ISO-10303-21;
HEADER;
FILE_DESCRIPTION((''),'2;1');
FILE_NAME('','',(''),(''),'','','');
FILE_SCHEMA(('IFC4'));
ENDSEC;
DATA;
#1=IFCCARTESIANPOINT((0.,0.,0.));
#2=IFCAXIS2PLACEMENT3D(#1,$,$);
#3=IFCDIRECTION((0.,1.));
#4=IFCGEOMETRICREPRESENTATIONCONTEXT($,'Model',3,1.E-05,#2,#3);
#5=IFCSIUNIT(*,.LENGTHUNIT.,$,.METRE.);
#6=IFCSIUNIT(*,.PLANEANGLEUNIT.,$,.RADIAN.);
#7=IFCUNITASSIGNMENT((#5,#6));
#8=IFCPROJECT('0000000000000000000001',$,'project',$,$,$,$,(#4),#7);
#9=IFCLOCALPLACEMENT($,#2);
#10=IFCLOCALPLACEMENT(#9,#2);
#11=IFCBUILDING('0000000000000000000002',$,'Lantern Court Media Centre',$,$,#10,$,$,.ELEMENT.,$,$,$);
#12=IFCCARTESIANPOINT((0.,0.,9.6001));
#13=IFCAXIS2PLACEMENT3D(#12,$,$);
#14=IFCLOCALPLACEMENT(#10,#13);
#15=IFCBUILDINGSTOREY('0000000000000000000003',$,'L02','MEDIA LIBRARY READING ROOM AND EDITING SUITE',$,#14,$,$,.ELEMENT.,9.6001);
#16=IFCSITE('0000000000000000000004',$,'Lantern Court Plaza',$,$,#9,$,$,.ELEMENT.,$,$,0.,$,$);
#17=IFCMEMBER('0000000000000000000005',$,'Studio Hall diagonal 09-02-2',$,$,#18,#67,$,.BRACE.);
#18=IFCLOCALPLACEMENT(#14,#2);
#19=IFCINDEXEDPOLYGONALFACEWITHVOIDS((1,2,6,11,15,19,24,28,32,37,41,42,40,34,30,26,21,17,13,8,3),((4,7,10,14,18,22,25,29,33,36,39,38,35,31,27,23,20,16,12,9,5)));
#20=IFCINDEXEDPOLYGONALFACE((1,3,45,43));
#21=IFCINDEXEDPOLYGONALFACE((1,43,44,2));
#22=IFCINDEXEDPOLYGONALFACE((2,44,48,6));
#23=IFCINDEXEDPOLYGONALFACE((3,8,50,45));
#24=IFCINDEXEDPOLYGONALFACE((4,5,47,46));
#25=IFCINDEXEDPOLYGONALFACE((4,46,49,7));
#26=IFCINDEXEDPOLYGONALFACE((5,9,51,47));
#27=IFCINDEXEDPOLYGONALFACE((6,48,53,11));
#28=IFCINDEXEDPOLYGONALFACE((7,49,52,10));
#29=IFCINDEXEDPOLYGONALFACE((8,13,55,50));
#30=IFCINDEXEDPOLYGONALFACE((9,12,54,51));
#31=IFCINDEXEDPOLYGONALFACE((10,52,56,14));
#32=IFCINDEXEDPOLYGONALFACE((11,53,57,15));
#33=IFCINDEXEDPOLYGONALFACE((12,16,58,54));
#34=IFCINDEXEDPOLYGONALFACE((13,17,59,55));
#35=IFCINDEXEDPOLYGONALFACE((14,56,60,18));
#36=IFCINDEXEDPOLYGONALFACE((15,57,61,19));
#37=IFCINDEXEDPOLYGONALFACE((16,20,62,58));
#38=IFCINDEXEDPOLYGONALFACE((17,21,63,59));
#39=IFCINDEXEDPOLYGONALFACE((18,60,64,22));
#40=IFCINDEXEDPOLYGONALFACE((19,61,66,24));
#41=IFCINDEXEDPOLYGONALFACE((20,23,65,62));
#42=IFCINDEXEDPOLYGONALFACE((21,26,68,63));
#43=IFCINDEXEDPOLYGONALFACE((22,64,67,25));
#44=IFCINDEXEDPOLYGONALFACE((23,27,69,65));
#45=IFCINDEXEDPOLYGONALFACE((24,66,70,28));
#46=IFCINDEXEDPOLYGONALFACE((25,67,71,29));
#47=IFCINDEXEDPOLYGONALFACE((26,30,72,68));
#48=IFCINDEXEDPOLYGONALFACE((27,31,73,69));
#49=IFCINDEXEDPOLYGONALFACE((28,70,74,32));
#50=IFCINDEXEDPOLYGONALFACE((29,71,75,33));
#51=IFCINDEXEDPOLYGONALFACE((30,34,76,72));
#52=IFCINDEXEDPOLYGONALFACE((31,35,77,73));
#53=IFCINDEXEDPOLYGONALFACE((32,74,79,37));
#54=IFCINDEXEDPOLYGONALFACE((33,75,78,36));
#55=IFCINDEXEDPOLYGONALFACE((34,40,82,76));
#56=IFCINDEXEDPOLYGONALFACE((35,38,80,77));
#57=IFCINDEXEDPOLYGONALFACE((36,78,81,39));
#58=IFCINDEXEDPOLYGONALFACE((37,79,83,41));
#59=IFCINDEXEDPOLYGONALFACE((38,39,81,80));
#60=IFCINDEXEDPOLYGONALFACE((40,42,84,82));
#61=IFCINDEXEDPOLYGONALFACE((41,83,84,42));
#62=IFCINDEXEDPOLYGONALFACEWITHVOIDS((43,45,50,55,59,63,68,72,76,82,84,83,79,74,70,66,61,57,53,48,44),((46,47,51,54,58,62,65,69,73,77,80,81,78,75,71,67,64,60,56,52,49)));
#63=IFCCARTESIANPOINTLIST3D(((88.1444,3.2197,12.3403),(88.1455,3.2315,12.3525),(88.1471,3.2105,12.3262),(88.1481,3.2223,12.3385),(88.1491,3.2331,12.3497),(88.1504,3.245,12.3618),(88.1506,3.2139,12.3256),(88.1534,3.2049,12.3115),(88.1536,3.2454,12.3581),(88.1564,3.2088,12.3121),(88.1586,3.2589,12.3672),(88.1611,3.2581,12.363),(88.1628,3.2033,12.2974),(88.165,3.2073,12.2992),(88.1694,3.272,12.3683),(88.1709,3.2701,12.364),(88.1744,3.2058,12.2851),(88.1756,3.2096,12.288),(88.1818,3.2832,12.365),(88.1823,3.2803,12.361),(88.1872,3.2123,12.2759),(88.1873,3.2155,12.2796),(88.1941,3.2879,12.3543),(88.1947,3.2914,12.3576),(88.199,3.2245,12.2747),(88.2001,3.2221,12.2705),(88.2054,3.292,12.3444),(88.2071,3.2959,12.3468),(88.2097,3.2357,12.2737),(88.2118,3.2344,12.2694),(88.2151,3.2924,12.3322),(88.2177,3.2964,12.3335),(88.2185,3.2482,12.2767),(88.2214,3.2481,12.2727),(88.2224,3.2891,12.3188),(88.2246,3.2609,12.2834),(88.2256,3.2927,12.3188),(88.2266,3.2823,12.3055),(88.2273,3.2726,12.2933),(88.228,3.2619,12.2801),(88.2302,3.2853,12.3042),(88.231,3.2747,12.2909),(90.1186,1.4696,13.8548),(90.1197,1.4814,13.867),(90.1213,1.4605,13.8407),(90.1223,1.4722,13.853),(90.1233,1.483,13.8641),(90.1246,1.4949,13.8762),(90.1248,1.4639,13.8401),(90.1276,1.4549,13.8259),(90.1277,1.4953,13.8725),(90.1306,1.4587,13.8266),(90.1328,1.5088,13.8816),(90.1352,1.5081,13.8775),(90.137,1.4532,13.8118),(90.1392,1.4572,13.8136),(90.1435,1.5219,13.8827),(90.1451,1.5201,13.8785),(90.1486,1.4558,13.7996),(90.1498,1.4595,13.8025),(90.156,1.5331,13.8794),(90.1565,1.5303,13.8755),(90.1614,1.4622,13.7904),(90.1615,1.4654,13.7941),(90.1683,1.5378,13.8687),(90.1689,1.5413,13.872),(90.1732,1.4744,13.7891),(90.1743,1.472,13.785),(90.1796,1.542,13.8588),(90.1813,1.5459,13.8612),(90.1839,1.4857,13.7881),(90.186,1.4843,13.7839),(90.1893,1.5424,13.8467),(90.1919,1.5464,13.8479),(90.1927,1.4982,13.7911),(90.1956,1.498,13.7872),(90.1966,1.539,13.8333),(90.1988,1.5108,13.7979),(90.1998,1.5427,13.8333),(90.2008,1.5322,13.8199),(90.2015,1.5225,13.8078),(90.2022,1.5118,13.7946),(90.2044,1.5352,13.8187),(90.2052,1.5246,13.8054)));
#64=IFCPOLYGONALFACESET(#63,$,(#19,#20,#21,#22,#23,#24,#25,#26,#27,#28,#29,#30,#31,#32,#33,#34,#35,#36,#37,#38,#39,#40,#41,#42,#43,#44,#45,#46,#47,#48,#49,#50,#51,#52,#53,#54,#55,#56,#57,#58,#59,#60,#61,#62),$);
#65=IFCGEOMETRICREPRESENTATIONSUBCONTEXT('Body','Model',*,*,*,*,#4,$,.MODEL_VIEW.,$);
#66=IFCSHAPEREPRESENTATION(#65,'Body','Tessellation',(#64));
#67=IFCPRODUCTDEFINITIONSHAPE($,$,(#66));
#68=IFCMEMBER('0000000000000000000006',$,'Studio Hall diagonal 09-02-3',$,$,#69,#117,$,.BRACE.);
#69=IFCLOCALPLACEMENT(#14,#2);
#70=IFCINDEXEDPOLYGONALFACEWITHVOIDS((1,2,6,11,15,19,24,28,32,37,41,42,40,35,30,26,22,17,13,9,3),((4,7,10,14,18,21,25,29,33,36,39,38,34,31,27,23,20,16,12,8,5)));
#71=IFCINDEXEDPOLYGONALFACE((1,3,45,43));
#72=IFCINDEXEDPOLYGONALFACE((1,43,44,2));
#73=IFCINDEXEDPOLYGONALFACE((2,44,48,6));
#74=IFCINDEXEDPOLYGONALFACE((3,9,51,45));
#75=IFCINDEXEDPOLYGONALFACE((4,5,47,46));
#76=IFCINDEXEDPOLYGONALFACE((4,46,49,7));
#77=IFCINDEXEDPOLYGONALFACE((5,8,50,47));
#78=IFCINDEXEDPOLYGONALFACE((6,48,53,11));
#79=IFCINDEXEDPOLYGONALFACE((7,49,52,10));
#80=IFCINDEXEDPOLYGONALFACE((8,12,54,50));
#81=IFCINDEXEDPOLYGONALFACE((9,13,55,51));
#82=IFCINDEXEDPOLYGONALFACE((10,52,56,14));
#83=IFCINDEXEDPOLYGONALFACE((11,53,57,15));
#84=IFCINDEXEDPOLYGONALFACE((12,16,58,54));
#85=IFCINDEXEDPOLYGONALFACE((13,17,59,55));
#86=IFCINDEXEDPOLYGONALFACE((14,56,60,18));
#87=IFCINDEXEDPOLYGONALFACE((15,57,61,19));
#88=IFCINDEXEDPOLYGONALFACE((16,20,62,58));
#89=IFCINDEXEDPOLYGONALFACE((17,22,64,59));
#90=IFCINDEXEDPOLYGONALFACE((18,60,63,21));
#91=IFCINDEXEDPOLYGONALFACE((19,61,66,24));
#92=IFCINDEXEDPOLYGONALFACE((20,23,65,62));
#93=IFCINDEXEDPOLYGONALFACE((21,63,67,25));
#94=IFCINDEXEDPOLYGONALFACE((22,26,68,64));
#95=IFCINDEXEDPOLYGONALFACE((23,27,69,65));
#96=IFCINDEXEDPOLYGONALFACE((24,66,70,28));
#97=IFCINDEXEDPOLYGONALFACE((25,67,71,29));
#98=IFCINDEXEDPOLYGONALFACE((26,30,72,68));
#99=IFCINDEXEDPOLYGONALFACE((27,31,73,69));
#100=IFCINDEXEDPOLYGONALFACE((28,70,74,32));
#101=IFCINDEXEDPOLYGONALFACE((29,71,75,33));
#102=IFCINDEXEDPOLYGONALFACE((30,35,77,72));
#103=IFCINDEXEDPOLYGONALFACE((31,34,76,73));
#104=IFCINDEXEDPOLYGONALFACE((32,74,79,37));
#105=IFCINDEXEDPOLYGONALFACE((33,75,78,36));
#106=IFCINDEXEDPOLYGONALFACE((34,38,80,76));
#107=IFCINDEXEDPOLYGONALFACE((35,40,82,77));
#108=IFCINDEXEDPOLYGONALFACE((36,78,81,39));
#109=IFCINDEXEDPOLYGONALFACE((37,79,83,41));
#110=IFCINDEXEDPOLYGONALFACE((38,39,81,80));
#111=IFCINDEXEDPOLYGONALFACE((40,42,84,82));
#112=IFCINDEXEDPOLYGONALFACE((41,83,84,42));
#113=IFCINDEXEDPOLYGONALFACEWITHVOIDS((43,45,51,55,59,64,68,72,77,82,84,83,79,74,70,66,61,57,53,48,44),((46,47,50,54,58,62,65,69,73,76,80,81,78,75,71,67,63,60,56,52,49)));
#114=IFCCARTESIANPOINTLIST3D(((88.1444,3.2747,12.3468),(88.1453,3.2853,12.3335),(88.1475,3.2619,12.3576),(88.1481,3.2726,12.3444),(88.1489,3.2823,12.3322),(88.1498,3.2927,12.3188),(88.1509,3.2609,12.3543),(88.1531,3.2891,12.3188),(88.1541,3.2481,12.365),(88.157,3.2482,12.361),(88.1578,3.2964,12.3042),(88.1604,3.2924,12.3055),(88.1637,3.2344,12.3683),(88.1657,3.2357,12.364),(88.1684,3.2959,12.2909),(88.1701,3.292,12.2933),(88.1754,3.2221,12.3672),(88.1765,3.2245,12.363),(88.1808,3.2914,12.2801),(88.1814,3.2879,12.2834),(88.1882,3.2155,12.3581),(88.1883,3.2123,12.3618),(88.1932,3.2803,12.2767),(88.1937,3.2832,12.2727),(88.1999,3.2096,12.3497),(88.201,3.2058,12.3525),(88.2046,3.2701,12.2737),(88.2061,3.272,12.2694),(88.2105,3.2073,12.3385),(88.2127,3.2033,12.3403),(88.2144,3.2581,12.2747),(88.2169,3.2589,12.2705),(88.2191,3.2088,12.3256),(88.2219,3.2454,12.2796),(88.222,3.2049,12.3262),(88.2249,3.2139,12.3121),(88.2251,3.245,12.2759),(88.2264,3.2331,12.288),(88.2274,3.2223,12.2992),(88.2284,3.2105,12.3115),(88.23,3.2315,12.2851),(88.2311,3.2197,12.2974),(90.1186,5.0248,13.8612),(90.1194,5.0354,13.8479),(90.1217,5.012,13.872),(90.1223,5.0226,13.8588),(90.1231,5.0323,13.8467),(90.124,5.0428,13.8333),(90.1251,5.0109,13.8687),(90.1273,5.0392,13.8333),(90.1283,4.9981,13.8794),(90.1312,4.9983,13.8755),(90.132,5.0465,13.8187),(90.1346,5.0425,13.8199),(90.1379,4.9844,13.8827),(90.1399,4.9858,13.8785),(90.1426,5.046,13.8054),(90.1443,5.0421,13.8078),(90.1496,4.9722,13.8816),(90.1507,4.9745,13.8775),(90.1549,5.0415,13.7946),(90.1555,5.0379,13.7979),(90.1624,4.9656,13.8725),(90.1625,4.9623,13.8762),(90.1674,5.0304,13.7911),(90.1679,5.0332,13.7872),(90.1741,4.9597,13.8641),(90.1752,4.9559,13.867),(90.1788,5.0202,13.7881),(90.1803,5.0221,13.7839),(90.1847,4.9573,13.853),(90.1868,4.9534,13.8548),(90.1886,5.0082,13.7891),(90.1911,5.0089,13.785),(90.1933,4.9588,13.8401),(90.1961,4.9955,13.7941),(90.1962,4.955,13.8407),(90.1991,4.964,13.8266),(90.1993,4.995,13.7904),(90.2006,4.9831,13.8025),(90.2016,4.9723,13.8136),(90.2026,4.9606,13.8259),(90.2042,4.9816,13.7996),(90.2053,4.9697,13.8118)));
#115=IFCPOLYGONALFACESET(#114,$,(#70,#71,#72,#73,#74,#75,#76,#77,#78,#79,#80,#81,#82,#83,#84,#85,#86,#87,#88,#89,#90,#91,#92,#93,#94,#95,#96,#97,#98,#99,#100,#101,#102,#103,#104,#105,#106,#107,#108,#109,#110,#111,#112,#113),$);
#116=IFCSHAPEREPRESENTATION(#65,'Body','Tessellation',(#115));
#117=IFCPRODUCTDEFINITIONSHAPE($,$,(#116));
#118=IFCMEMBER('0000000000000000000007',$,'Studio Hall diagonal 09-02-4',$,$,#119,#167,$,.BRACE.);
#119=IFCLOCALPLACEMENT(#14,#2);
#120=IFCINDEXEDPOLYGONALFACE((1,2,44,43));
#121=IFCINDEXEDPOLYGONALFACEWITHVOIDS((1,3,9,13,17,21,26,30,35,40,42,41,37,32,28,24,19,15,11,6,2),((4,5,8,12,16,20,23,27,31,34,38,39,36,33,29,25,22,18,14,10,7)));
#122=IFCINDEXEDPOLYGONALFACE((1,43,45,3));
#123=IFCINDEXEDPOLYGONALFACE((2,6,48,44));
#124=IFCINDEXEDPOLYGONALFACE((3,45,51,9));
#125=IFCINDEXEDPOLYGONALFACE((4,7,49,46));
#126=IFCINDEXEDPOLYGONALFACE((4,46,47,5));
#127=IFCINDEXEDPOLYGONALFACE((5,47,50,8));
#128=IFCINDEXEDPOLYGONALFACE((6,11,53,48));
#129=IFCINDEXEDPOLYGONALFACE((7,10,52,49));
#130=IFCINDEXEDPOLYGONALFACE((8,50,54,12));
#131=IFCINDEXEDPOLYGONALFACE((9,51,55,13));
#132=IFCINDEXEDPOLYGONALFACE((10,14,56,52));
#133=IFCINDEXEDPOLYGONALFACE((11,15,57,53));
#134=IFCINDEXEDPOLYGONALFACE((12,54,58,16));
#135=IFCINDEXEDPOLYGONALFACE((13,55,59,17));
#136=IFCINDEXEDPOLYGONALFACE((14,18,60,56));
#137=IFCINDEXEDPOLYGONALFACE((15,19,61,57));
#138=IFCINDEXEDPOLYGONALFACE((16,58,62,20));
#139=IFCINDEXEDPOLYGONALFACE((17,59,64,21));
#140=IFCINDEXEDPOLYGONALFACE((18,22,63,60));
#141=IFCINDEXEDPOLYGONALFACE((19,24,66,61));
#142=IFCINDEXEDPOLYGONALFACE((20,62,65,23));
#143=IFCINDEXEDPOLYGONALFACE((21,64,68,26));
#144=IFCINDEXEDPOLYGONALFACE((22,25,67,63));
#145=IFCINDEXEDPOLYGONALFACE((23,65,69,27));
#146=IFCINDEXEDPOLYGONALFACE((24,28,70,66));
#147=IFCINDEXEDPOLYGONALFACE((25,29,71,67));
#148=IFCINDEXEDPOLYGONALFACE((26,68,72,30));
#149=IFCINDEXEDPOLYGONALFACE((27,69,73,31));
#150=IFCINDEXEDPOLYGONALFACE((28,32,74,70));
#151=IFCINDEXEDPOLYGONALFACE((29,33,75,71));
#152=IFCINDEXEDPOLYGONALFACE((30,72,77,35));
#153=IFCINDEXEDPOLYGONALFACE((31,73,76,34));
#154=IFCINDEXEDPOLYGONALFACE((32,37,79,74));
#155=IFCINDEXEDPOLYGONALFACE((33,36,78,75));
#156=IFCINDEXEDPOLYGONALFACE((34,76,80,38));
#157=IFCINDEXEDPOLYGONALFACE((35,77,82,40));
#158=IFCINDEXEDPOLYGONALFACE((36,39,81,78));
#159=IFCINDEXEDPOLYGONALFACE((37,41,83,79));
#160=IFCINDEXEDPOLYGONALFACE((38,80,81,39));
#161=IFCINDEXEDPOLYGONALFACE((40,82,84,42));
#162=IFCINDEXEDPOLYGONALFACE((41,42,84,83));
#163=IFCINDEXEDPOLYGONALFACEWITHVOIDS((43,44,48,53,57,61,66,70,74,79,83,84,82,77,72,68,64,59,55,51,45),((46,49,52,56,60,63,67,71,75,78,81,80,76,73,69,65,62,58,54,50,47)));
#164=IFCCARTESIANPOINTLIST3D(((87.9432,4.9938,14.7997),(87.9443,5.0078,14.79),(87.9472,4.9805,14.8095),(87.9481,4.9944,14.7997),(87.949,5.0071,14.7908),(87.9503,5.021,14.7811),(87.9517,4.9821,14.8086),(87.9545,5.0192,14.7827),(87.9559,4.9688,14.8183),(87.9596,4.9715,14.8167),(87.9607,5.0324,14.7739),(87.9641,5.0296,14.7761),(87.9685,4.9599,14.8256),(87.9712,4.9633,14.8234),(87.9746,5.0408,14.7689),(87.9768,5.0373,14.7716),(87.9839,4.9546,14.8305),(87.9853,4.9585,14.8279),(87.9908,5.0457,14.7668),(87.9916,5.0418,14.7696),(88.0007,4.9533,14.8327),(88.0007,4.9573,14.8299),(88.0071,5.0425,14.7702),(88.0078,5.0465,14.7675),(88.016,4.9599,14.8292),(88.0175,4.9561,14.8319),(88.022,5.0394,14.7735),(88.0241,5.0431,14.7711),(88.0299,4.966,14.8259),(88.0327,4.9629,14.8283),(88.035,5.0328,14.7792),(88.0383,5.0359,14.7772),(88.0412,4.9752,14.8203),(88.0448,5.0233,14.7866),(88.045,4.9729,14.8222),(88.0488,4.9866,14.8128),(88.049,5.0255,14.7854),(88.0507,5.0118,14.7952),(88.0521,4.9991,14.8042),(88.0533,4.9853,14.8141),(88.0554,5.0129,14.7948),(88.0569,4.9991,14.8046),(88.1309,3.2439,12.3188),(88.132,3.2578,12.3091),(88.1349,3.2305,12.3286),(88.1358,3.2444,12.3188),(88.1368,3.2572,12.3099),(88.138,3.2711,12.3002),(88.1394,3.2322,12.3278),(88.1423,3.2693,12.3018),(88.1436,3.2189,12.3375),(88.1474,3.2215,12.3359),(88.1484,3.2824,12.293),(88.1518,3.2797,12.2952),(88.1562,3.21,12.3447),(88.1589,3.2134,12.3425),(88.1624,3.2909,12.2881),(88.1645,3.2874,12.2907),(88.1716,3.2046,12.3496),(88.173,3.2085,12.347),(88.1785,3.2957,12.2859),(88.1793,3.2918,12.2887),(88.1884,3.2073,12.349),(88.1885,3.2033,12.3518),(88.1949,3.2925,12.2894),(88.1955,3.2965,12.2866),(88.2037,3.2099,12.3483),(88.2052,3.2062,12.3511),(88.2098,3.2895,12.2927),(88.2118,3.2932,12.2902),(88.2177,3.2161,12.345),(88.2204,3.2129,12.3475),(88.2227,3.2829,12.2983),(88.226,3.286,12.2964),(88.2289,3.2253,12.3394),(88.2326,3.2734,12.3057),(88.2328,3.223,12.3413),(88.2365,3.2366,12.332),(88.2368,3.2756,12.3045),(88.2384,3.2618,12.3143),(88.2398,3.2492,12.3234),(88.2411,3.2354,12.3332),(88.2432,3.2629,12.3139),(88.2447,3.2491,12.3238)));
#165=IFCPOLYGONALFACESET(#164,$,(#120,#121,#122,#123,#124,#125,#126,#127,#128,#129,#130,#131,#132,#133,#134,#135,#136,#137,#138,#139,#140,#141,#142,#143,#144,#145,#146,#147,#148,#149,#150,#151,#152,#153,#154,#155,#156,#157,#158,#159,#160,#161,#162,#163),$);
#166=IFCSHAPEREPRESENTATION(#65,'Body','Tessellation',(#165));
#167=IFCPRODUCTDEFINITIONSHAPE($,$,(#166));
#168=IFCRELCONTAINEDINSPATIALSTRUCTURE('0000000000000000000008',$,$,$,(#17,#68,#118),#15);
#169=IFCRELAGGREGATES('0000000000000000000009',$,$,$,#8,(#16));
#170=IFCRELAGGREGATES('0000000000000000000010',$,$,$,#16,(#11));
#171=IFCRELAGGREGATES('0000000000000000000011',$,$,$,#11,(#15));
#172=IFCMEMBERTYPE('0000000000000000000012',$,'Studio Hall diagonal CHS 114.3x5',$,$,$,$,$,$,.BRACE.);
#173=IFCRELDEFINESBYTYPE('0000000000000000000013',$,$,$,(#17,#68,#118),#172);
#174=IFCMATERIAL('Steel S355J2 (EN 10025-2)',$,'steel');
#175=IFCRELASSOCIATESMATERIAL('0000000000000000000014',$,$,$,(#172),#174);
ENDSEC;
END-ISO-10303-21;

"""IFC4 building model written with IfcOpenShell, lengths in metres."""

from ifc_helpers import new_model, si_unit, direction, frame, origin, origin_2d, place, context, subcontext, project, spatial, hollow_circle, extrude, material, material_profile, profile_set, type_object, element, save


model = new_model("IFC4")

# Units and contexts
model_context = context("Model", 3, precision=1e-05, world=origin(), true_north=direction((0.0, 1.0)))
body_context = subcontext(model_context, "Body", "Model", "MODEL_VIEW")
ifc_project = project(units=[si_unit("LENGTHUNIT", "METRE"), si_unit("PLANEANGLEUNIT", "RADIAN")], contexts=[model_context])

# Site, building, storey
site_placement = place(None, origin())
site = spatial("IfcSite", under=ifc_project, at=site_placement, Name="Lantern Court Plaza", CompositionType="ELEMENT", RefElevation=0.0)
building_placement = place(site_placement, origin())
building = spatial("IfcBuilding", under=site, at=building_placement, Name="Lantern Court Media Centre", CompositionType="ELEMENT")
storey_placement = place(building_placement, frame((0.0, 0.0, 9.6001)))
storey = spatial("IfcBuildingStorey", under=building, at=storey_placement, Name="L02", Description="MEDIA LIBRARY READING ROOM AND EDITING SUITE", CompositionType="ELEMENT", Elevation=9.6001)

# Members
ifc_material = material(Name="Steel S355J2 (EN 10025-2)", Category="steel")
ifc_material_profile_1 = material_profile(ifc_material, hollow_circle(Radius=0.0571, WallThickness=0.0049, at=origin_2d()), Name="Studio Hall diagonal CHS 114.3x5")
ifc_profile_set_1 = profile_set([ifc_material_profile_1], Name="Steel S355J2 (EN 10025-2)")
member_type_1 = type_object("IfcMemberType", Name="Studio Hall diagonal CHS 114.3x5", PredefinedType="BRACE", material=ifc_profile_set_1)
for number, where, z_axis, x_axis, name in (
    (1, (88.1877, 3.25, 12.3188), (0.648979, -0.575301, 0.49785), (0.663352, 0.748307, 0.0), "Studio Hall diagonal 09-02-2"),
    (2, (88.1877, 3.25, 12.3188), (0.648979, 0.575301, 0.49785), (-0.663352, 0.748307, 0.0), "Studio Hall diagonal 09-02-3"),
):
    element("IfcMember", number, at=place(storey_placement, frame(where, z_axis=z_axis, x_axis=x_axis)), inside=storey, type_object=member_type_1, Name=name, PredefinedType="BRACE", context=body_context, shape_type="SweptSolid", body=[
        extrude(hollow_circle(Radius=0.0571, WallThickness=0.0049, at=origin_2d()), origin(), (0.0, 0.0, 1.0), 3.042),
    ])
member_1_placement = place(storey_placement, frame((88.1877, 3.25, 12.3188), z_axis=(-0.06172, 0.575306, 0.815606), x_axis=(-0.994294, -0.10667, 0.0)))
element("IfcMember", 3, at=member_1_placement, inside=storey, type_object=member_type_1, Name="Studio Hall diagonal 09-02-4", PredefinedType="BRACE", context=body_context, shape_type="SweptSolid", body=[
    extrude(hollow_circle(Radius=0.0571, WallThickness=0.0049, at=origin_2d()), origin(), (0.0, 0.0, 1.0), 3.0417),
])

save(model, "model.ifc")
